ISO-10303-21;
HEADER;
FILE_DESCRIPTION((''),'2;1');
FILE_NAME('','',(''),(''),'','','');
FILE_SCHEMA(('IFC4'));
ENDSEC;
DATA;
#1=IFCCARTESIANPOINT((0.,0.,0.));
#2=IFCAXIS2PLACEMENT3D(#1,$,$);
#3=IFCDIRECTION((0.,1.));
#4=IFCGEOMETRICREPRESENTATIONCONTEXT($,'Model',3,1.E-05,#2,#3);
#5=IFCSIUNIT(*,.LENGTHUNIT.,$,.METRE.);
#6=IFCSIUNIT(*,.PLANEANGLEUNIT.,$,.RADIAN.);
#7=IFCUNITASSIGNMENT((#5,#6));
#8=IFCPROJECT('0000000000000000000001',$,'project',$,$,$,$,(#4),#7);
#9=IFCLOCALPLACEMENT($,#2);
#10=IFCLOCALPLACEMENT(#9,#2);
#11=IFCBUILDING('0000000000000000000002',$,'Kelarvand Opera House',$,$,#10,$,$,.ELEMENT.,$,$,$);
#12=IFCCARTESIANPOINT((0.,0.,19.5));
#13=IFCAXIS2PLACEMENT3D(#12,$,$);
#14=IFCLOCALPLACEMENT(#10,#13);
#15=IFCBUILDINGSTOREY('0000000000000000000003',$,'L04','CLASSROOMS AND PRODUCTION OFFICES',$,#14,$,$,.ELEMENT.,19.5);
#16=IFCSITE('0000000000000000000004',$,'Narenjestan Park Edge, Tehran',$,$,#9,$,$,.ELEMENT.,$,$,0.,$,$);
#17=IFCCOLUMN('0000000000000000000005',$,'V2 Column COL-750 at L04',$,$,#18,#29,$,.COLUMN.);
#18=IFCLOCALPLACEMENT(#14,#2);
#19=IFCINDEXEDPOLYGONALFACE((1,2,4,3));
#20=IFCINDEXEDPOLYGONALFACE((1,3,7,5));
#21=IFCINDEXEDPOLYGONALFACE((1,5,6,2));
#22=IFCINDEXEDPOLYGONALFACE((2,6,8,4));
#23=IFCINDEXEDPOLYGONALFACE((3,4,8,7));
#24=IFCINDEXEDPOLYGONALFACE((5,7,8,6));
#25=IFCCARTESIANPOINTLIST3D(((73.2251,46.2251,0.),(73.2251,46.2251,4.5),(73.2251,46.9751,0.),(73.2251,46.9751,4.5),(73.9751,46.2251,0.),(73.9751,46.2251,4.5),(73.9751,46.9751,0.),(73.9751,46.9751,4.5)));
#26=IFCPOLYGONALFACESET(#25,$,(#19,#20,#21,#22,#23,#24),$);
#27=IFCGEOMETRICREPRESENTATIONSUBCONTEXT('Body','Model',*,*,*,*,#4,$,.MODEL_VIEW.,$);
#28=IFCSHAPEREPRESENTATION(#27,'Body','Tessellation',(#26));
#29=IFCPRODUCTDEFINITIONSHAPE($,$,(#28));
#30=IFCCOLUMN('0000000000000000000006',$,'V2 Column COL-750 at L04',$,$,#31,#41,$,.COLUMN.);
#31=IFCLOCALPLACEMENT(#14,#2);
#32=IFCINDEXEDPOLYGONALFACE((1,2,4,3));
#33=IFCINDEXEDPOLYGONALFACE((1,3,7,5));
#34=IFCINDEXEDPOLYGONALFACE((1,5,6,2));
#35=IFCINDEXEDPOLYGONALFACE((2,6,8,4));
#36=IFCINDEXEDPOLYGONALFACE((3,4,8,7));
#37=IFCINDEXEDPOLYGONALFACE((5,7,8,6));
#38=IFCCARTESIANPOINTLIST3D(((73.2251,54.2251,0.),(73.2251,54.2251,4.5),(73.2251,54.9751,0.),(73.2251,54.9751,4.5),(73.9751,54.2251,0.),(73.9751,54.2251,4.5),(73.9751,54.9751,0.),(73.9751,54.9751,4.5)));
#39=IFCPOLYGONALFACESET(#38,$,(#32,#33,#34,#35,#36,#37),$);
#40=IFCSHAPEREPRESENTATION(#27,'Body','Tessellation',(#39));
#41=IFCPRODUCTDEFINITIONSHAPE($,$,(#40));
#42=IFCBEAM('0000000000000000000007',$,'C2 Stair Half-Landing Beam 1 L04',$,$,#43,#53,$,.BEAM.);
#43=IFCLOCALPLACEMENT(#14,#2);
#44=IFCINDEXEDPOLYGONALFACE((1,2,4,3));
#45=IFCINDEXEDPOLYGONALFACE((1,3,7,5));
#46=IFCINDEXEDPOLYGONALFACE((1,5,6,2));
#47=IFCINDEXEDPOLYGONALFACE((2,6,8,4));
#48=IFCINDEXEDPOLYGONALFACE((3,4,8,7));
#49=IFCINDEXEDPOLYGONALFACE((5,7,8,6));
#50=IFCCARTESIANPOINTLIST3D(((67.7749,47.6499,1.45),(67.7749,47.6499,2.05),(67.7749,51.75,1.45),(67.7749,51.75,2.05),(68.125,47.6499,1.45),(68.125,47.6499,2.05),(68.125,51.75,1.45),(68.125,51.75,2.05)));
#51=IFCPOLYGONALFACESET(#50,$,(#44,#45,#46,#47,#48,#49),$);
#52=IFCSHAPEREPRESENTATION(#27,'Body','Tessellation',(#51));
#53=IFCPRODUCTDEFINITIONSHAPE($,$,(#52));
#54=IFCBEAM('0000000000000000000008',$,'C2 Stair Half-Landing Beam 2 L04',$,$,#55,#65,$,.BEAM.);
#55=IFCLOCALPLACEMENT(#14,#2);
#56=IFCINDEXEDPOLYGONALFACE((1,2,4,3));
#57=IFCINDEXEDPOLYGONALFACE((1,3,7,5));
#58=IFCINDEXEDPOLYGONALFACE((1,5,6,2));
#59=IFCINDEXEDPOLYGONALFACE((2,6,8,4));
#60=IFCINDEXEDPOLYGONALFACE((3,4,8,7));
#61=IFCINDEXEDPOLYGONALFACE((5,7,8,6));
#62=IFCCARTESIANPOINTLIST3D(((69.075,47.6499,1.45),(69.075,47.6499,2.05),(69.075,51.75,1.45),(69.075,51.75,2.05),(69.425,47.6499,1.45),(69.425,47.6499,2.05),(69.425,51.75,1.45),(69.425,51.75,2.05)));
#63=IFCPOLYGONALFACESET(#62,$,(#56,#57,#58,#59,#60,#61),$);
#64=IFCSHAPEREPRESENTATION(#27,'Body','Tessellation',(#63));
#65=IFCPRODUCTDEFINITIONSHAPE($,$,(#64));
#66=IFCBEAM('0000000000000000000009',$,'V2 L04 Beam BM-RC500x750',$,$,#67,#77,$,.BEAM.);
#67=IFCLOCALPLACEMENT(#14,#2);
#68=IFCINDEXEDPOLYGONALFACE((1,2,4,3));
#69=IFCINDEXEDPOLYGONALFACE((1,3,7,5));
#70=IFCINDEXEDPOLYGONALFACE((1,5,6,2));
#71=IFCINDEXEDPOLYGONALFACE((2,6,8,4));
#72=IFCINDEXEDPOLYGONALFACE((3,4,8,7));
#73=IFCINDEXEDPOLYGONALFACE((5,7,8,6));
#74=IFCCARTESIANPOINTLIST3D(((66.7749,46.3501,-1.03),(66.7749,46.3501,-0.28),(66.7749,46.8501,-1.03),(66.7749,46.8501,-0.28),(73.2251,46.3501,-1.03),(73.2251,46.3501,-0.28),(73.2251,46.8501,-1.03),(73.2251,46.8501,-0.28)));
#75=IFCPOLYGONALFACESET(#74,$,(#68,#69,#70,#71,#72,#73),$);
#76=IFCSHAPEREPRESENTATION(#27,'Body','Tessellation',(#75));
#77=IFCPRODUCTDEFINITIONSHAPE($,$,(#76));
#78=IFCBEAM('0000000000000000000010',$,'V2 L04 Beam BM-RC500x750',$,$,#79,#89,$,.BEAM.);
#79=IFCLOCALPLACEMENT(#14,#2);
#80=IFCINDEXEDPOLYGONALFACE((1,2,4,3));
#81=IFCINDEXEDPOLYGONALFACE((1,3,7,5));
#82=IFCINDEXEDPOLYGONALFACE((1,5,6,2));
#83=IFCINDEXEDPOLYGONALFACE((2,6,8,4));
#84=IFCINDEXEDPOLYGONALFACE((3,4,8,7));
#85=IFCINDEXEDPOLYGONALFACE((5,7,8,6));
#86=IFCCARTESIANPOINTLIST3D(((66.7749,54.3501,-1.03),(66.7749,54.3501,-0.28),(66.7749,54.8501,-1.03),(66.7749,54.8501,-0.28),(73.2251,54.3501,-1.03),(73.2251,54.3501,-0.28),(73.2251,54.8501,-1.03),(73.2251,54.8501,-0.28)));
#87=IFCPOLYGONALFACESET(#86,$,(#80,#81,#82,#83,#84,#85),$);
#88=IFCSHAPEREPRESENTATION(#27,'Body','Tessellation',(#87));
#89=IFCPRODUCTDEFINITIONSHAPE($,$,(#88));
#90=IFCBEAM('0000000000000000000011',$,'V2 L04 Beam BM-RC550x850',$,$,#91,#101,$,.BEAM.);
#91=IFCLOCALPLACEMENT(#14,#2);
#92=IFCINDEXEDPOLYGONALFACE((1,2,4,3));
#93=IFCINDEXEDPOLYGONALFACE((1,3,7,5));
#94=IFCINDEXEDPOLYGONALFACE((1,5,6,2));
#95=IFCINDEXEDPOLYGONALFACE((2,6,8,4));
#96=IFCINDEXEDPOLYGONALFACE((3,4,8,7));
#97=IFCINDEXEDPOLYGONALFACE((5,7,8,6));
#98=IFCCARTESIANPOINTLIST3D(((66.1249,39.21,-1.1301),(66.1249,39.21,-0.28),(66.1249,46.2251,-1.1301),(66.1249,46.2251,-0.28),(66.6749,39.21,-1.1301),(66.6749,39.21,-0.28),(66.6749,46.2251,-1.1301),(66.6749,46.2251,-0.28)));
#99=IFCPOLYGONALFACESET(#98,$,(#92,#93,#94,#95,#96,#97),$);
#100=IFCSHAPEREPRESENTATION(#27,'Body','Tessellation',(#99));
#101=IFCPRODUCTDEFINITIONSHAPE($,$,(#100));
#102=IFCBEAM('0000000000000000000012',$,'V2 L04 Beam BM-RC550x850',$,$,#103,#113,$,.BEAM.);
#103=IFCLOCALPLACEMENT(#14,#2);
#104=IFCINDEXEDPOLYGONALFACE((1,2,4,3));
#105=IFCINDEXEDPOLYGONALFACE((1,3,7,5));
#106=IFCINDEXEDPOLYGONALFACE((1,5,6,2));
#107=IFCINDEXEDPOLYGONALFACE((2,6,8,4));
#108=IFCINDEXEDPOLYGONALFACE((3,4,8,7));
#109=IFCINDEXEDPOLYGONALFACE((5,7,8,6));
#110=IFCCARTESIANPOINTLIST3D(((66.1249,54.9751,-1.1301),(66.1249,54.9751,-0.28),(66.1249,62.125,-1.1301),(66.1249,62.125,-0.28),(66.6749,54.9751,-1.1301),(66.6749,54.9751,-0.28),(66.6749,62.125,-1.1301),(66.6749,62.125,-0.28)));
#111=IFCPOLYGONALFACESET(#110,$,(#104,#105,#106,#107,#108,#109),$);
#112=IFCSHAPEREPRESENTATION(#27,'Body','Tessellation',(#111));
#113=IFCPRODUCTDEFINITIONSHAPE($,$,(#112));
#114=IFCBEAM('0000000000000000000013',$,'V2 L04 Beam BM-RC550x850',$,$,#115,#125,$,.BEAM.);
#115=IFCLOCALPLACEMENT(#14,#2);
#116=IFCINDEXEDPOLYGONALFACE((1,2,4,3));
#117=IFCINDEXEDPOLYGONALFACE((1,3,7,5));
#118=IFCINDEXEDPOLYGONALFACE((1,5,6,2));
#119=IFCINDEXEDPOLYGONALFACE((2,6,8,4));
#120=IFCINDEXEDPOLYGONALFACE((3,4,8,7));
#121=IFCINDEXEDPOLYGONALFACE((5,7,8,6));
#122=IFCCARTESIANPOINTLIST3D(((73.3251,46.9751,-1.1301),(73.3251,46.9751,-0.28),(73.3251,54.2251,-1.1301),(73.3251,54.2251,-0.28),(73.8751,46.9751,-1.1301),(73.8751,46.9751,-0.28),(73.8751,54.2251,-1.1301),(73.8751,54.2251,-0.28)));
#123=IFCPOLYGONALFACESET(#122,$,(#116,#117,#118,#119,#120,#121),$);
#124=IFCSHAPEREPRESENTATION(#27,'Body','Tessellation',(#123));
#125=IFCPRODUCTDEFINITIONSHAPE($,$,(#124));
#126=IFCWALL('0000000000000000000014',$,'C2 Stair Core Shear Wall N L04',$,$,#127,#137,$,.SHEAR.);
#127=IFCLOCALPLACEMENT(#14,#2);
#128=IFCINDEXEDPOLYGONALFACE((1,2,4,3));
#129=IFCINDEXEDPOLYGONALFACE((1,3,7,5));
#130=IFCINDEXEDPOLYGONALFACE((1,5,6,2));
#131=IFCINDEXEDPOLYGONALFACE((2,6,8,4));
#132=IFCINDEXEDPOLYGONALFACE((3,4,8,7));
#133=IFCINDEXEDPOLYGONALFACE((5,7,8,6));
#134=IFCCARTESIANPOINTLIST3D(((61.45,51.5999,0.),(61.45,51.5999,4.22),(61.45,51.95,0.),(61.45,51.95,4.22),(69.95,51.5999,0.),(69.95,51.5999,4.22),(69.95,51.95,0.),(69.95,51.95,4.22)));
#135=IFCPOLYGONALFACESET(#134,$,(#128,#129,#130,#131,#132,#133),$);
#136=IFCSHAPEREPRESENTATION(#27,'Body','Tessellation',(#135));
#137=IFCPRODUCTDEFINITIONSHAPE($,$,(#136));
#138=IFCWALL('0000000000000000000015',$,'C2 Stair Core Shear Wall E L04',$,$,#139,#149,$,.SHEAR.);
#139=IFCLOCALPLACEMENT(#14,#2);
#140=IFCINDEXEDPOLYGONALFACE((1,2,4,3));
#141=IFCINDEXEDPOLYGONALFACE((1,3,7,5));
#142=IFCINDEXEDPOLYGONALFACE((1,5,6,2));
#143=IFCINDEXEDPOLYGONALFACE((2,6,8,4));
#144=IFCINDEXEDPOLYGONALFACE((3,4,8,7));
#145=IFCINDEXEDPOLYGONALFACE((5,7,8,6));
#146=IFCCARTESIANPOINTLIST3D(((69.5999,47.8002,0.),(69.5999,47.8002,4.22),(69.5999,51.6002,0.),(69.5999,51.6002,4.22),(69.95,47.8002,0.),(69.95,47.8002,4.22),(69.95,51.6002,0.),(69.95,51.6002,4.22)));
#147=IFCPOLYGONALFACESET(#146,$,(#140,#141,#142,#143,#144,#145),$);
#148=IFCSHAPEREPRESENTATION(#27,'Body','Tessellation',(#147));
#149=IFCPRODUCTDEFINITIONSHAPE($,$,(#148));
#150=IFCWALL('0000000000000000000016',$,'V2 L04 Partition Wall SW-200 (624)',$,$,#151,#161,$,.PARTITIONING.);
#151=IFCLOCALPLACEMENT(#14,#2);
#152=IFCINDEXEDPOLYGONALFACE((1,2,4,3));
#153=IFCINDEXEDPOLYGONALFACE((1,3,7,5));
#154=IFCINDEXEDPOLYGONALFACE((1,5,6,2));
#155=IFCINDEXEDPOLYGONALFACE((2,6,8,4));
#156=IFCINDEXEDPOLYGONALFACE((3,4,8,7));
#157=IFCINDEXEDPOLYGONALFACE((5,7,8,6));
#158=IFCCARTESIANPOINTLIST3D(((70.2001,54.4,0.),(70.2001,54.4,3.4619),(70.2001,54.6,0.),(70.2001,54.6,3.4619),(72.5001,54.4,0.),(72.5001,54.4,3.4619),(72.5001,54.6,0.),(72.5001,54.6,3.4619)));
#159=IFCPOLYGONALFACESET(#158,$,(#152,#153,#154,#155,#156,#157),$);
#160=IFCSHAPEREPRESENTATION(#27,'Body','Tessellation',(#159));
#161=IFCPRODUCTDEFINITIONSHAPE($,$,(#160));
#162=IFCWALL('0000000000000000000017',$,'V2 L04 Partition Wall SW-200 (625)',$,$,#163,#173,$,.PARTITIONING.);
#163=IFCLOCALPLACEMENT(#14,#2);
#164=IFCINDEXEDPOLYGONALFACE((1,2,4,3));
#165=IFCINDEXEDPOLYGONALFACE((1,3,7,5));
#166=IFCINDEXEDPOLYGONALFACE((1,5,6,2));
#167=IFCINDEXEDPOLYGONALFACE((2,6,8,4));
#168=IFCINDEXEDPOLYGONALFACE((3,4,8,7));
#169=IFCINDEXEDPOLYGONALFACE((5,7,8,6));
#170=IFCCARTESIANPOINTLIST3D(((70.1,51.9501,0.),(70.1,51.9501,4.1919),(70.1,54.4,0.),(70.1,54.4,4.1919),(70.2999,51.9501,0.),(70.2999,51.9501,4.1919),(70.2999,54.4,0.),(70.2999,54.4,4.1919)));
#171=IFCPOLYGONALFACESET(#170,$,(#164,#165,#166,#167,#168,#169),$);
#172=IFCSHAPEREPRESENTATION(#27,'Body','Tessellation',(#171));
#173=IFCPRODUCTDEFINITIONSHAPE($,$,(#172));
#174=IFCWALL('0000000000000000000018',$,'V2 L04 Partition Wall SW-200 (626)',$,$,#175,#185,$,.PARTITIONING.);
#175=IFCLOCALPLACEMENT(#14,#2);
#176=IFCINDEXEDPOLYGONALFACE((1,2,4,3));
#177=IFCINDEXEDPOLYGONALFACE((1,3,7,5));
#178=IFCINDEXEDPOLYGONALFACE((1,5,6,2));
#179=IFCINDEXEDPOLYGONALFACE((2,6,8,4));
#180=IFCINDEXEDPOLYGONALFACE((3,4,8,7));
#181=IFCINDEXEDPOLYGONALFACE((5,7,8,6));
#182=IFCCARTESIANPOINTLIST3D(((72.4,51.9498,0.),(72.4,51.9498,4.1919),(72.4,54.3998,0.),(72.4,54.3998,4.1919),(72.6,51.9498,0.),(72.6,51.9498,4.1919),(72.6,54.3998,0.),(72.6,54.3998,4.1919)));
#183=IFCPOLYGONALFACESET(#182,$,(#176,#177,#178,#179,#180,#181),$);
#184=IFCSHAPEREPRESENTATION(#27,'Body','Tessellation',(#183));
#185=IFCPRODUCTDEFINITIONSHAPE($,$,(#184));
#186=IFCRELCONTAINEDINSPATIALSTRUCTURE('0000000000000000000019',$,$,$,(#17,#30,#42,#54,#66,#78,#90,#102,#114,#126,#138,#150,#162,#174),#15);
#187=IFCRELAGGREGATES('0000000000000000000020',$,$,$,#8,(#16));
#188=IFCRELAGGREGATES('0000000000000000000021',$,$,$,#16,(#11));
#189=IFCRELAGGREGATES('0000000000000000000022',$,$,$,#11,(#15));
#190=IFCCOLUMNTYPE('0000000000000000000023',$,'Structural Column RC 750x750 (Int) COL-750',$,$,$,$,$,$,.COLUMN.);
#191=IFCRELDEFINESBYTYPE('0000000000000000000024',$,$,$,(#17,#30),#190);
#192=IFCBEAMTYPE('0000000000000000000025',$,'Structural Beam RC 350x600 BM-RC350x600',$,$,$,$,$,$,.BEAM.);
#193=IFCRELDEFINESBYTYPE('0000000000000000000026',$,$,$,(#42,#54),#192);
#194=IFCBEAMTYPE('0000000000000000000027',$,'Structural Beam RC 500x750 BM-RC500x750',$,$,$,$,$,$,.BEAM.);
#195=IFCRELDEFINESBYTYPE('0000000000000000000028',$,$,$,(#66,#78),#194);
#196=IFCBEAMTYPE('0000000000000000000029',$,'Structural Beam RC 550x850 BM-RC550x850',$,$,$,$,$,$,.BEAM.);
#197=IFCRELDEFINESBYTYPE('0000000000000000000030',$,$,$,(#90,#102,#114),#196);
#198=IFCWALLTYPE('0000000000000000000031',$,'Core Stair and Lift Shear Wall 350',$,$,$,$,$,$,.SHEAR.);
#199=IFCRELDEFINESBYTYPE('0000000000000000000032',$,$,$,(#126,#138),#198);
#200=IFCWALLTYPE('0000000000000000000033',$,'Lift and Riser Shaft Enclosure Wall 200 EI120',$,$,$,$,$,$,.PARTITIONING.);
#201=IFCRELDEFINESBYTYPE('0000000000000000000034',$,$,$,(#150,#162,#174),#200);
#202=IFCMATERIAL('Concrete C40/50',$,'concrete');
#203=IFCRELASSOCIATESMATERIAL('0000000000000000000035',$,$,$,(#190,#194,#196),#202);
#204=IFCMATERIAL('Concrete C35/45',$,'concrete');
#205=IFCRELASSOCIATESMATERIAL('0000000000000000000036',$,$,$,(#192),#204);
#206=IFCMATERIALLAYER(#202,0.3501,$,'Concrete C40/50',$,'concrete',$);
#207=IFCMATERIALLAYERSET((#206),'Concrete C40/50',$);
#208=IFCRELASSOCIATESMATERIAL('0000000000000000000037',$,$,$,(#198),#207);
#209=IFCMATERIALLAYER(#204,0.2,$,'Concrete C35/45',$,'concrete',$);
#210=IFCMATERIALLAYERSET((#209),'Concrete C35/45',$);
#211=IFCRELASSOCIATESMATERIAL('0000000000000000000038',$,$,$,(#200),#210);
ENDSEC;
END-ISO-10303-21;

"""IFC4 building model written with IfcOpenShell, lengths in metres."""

from ifc_helpers import new_model, si_unit, direction, frame, frame_2d, origin, origin_2d, place, context, subcontext, project, spatial, rectangle, extrude, material, layer, layer_set, material_profile, profile_set, type_object, element, save


model = new_model("IFC4")

# Units and contexts
model_context = context("Model", 3, precision=1e-05, world=origin(), true_north=direction((0.0, 1.0)))
body_context = subcontext(model_context, "Body", "Model", "MODEL_VIEW")
ifc_project = project(units=[si_unit("LENGTHUNIT", "METRE"), si_unit("PLANEANGLEUNIT", "RADIAN")], contexts=[model_context])

# Site, building, storey
site_placement = place(None, origin())
site = spatial("IfcSite", under=ifc_project, at=site_placement, Name="Narenjestan Park Edge, Tehran", CompositionType="ELEMENT", RefElevation=0.0)
building_placement = place(site_placement, origin())
building = spatial("IfcBuilding", under=site, at=building_placement, Name="Kelarvand Opera House", CompositionType="ELEMENT")
storey_placement = place(building_placement, frame((0.0, 0.0, 19.5)))
storey = spatial("IfcBuildingStorey", under=building, at=storey_placement, Name="L04", Description="CLASSROOMS AND PRODUCTION OFFICES", CompositionType="ELEMENT", Elevation=19.5)

# Columns
ifc_material_1 = material(Name="Concrete C40/50", Category="concrete")
ifc_material_profile_1 = material_profile(ifc_material_1, rectangle(XDim=0.75, YDim=0.75, at=origin_2d()), Name="RC 750x750", Category="concrete")
ifc_profile_set_1 = profile_set([ifc_material_profile_1], Name="Concrete C40/50")
column_type = type_object("IfcColumnType", Name="Structural Column RC 750x750 (Int) COL-750", PredefinedType="COLUMN", material=ifc_profile_set_1)
for number, where, z_axis, x_axis, name in (
    (1, (73.6001, 46.6001, 0.0), (0.0, 0.0, 1.0), (1.0, 0.0, 0.0), "V2 Column COL-750 at L04"),
    (2, (73.6001, 54.6001, 0.0), (0.0, 0.0, 1.0), (1.0, 0.0, 0.0), "V2 Column COL-750 at L04"),
):
    element("IfcColumn", number, at=place(storey_placement, frame(where, z_axis=z_axis, x_axis=x_axis)), inside=storey, type_object=column_type, Name=name, PredefinedType="COLUMN", context=body_context, shape_type="SweptSolid", body=[
        extrude(rectangle(XDim=0.75, YDim=0.75, at=origin_2d()), origin(), (0.0, 0.0, 1.0), 4.5),
    ])

# Beams
ifc_material_2 = material(Name="Concrete C35/45", Category="concrete")
ifc_material_profile_2 = material_profile(ifc_material_2, rectangle(XDim=0.3501, YDim=0.6001, at=origin_2d()), Name="RC 350x600", Category="concrete")
ifc_profile_set_2 = profile_set([ifc_material_profile_2], Name="Concrete C35/45")
beam_type_1 = type_object("IfcBeamType", Name="Structural Beam RC 350x600 BM-RC350x600", PredefinedType="BEAM", material=ifc_profile_set_2)
for number, where, z_axis, x_axis, name in (
    (3, (67.95, 47.6499, 1.75), (0.0, 1.0, 0.0), (-1.0, 0.0, 0.0), "C2 Stair Half-Landing Beam 1 L04"),
    (4, (69.25, 47.6499, 1.75), (0.0, 1.0, 0.0), (-1.0, 0.0, 0.0), "C2 Stair Half-Landing Beam 2 L04"),
):
    element("IfcBeam", number, at=place(storey_placement, frame(where, z_axis=z_axis, x_axis=x_axis)), inside=storey, type_object=beam_type_1, Name=name, PredefinedType="BEAM", context=body_context, shape_type="SweptSolid", body=[
        extrude(rectangle(XDim=0.3501, YDim=0.6001, at=origin_2d()), origin(), (0.0, 0.0, 1.0), 4.1001),
    ])
ifc_material_profile_3 = material_profile(ifc_material_1, rectangle(XDim=0.5, YDim=0.75, at=origin_2d()), Name="RC 500x750", Category="concrete")
ifc_profile_set_3 = profile_set([ifc_material_profile_3], Name="Concrete C40/50")
beam_type_2 = type_object("IfcBeamType", Name="Structural Beam RC 500x750 BM-RC500x750", PredefinedType="BEAM", material=ifc_profile_set_3)
for number, where, z_axis, x_axis, name in (
    (5, (66.7749, 46.6001, -0.655), (1.0, 0.0, 0.0), (0.0, 1.0, 0.0), "V2 L04 Beam BM-RC500x750"),
    (6, (66.7749, 54.6001, -0.655), (1.0, 0.0, 0.0), (0.0, 1.0, 0.0), "V2 L04 Beam BM-RC500x750"),
):
    element("IfcBeam", number, at=place(storey_placement, frame(where, z_axis=z_axis, x_axis=x_axis)), inside=storey, type_object=beam_type_2, Name=name, PredefinedType="BEAM", context=body_context, shape_type="SweptSolid", body=[
        extrude(rectangle(XDim=0.5, YDim=0.75, at=origin_2d()), origin(), (0.0, 0.0, 1.0), 6.4502),
    ])
ifc_material_profile_4 = material_profile(ifc_material_1, rectangle(XDim=0.55, YDim=0.8501, at=origin_2d()), Name="RC 550x850", Category="concrete")
ifc_profile_set_4 = profile_set([ifc_material_profile_4], Name="Concrete C40/50")
beam_type_3 = type_object("IfcBeamType", Name="Structural Beam RC 550x850 BM-RC550x850", PredefinedType="BEAM", material=ifc_profile_set_4)
beam_1_placement = place(storey_placement, frame((66.3999, 39.21, -0.7051), z_axis=(0.0, 1.0, 0.0), x_axis=(-1.0, 0.0, 0.0)))
element("IfcBeam", 7, at=beam_1_placement, inside=storey, type_object=beam_type_3, Name="V2 L04 Beam BM-RC550x850", PredefinedType="BEAM", context=body_context, shape_type="SweptSolid", body=[
    extrude(rectangle(XDim=0.55, YDim=0.8501, at=origin_2d()), origin(), (0.0, 0.0, 1.0), 7.0151),
])
beam_2_placement = place(storey_placement, frame((66.3999, 54.9751, -0.7051), z_axis=(0.0, 1.0, 0.0), x_axis=(-1.0, 0.0, 0.0)))
element("IfcBeam", 8, at=beam_2_placement, inside=storey, type_object=beam_type_3, Name="V2 L04 Beam BM-RC550x850", PredefinedType="BEAM", context=body_context, shape_type="SweptSolid", body=[
    extrude(rectangle(XDim=0.55, YDim=0.8501, at=origin_2d()), origin(), (0.0, 0.0, 1.0), 7.1499),
])
beam_3_placement = place(storey_placement, frame((73.6001, 46.9751, -0.7051), z_axis=(0.0, 1.0, 0.0), x_axis=(-1.0, 0.0, 0.0)))
element("IfcBeam", 9, at=beam_3_placement, inside=storey, type_object=beam_type_3, Name="V2 L04 Beam BM-RC550x850", PredefinedType="BEAM", context=body_context, shape_type="SweptSolid", body=[
    extrude(rectangle(XDim=0.55, YDim=0.8501, at=origin_2d()), origin(), (0.0, 0.0, 1.0), 7.25),
])

# Walls
ifc_layer_1 = layer(ifc_material_1, 0.3501, Name="Concrete C40/50", Category="concrete")
ifc_layer_set_1 = layer_set([ifc_layer_1], Name="Concrete C40/50")
wall_type_1 = type_object("IfcWallType", Name="Core Stair and Lift Shear Wall 350", PredefinedType="SHEAR", material=ifc_layer_set_1)
wall_1_placement = place(storey_placement, frame((69.95, 51.7749, 0.0), z_axis=(0.0, 0.0, 1.0), x_axis=(-1.0, 0.0, 0.0)))
element("IfcWall", 10, at=wall_1_placement, inside=storey, type_object=wall_type_1, Name="C2 Stair Core Shear Wall N L04", PredefinedType="SHEAR", context=body_context, shape_type="SweptSolid", body=[
    extrude(rectangle(XDim=8.5, YDim=0.3501, at=frame_2d((4.25, 0.0))), origin(), (0.0, 0.0, 1.0), 4.22),
])
wall_2_placement = place(storey_placement, frame((69.7749, 51.6001, 0.0), z_axis=(0.0, 0.0, 1.0), x_axis=(0.0, -1.0, 0.0)))
element("IfcWall", 11, at=wall_2_placement, inside=storey, type_object=wall_type_1, Name="C2 Stair Core Shear Wall E L04", PredefinedType="SHEAR", context=body_context, shape_type="SweptSolid", body=[
    extrude(rectangle(XDim=3.8, YDim=0.3501, at=frame_2d((1.8999, 0.0))), origin(), (0.0, 0.0, 1.0), 4.22),
])

# Shared definitions
ifc_layer_2 = layer(ifc_material_2, 0.2, Name="Concrete C35/45", Category="concrete")
ifc_layer_set_2 = layer_set([ifc_layer_2], Name="Concrete C35/45")
wall_type_2 = type_object("IfcWallType", Name="Lift and Riser Shaft Enclosure Wall 200 EI120", PredefinedType="PARTITIONING", material=ifc_layer_set_2)

# Walls
wall_3_placement = place(storey_placement, frame((72.5, 54.5, 0.0), z_axis=(0.0, 0.0, 1.0), x_axis=(-1.0, 0.0, 0.0)))
element("IfcWall", 12, at=wall_3_placement, inside=storey, type_object=wall_type_2, Name="V2 L04 Partition Wall SW-200 (624)", PredefinedType="PARTITIONING", context=body_context, shape_type="SweptSolid", body=[
    extrude(rectangle(XDim=2.3, YDim=0.2, at=frame_2d((1.1499, 0.0))), origin(), (0.0, 0.0, 1.0), 3.4619),
])
for number, where, z_axis, x_axis, name in (
    (13, (70.2, 51.95, 0.0), (0.0, 0.0, 1.0), (0.0, 1.0, 0.0), "V2 L04 Partition Wall SW-200 (625)"),
    (14, (72.5, 54.3999, 0.0), (0.0, 0.0, 1.0), (0.0, -1.0, 0.0), "V2 L04 Partition Wall SW-200 (626)"),
):
    element("IfcWall", number, at=place(storey_placement, frame(where, z_axis=z_axis, x_axis=x_axis)), inside=storey, type_object=wall_type_2, Name=name, PredefinedType="PARTITIONING", context=body_context, shape_type="SweptSolid", body=[
        extrude(rectangle(XDim=2.45, YDim=0.2, at=frame_2d((1.2251, 0.0))), origin(), (0.0, 0.0, 1.0), 4.1919),
    ])

save(model, "model.ifc")
